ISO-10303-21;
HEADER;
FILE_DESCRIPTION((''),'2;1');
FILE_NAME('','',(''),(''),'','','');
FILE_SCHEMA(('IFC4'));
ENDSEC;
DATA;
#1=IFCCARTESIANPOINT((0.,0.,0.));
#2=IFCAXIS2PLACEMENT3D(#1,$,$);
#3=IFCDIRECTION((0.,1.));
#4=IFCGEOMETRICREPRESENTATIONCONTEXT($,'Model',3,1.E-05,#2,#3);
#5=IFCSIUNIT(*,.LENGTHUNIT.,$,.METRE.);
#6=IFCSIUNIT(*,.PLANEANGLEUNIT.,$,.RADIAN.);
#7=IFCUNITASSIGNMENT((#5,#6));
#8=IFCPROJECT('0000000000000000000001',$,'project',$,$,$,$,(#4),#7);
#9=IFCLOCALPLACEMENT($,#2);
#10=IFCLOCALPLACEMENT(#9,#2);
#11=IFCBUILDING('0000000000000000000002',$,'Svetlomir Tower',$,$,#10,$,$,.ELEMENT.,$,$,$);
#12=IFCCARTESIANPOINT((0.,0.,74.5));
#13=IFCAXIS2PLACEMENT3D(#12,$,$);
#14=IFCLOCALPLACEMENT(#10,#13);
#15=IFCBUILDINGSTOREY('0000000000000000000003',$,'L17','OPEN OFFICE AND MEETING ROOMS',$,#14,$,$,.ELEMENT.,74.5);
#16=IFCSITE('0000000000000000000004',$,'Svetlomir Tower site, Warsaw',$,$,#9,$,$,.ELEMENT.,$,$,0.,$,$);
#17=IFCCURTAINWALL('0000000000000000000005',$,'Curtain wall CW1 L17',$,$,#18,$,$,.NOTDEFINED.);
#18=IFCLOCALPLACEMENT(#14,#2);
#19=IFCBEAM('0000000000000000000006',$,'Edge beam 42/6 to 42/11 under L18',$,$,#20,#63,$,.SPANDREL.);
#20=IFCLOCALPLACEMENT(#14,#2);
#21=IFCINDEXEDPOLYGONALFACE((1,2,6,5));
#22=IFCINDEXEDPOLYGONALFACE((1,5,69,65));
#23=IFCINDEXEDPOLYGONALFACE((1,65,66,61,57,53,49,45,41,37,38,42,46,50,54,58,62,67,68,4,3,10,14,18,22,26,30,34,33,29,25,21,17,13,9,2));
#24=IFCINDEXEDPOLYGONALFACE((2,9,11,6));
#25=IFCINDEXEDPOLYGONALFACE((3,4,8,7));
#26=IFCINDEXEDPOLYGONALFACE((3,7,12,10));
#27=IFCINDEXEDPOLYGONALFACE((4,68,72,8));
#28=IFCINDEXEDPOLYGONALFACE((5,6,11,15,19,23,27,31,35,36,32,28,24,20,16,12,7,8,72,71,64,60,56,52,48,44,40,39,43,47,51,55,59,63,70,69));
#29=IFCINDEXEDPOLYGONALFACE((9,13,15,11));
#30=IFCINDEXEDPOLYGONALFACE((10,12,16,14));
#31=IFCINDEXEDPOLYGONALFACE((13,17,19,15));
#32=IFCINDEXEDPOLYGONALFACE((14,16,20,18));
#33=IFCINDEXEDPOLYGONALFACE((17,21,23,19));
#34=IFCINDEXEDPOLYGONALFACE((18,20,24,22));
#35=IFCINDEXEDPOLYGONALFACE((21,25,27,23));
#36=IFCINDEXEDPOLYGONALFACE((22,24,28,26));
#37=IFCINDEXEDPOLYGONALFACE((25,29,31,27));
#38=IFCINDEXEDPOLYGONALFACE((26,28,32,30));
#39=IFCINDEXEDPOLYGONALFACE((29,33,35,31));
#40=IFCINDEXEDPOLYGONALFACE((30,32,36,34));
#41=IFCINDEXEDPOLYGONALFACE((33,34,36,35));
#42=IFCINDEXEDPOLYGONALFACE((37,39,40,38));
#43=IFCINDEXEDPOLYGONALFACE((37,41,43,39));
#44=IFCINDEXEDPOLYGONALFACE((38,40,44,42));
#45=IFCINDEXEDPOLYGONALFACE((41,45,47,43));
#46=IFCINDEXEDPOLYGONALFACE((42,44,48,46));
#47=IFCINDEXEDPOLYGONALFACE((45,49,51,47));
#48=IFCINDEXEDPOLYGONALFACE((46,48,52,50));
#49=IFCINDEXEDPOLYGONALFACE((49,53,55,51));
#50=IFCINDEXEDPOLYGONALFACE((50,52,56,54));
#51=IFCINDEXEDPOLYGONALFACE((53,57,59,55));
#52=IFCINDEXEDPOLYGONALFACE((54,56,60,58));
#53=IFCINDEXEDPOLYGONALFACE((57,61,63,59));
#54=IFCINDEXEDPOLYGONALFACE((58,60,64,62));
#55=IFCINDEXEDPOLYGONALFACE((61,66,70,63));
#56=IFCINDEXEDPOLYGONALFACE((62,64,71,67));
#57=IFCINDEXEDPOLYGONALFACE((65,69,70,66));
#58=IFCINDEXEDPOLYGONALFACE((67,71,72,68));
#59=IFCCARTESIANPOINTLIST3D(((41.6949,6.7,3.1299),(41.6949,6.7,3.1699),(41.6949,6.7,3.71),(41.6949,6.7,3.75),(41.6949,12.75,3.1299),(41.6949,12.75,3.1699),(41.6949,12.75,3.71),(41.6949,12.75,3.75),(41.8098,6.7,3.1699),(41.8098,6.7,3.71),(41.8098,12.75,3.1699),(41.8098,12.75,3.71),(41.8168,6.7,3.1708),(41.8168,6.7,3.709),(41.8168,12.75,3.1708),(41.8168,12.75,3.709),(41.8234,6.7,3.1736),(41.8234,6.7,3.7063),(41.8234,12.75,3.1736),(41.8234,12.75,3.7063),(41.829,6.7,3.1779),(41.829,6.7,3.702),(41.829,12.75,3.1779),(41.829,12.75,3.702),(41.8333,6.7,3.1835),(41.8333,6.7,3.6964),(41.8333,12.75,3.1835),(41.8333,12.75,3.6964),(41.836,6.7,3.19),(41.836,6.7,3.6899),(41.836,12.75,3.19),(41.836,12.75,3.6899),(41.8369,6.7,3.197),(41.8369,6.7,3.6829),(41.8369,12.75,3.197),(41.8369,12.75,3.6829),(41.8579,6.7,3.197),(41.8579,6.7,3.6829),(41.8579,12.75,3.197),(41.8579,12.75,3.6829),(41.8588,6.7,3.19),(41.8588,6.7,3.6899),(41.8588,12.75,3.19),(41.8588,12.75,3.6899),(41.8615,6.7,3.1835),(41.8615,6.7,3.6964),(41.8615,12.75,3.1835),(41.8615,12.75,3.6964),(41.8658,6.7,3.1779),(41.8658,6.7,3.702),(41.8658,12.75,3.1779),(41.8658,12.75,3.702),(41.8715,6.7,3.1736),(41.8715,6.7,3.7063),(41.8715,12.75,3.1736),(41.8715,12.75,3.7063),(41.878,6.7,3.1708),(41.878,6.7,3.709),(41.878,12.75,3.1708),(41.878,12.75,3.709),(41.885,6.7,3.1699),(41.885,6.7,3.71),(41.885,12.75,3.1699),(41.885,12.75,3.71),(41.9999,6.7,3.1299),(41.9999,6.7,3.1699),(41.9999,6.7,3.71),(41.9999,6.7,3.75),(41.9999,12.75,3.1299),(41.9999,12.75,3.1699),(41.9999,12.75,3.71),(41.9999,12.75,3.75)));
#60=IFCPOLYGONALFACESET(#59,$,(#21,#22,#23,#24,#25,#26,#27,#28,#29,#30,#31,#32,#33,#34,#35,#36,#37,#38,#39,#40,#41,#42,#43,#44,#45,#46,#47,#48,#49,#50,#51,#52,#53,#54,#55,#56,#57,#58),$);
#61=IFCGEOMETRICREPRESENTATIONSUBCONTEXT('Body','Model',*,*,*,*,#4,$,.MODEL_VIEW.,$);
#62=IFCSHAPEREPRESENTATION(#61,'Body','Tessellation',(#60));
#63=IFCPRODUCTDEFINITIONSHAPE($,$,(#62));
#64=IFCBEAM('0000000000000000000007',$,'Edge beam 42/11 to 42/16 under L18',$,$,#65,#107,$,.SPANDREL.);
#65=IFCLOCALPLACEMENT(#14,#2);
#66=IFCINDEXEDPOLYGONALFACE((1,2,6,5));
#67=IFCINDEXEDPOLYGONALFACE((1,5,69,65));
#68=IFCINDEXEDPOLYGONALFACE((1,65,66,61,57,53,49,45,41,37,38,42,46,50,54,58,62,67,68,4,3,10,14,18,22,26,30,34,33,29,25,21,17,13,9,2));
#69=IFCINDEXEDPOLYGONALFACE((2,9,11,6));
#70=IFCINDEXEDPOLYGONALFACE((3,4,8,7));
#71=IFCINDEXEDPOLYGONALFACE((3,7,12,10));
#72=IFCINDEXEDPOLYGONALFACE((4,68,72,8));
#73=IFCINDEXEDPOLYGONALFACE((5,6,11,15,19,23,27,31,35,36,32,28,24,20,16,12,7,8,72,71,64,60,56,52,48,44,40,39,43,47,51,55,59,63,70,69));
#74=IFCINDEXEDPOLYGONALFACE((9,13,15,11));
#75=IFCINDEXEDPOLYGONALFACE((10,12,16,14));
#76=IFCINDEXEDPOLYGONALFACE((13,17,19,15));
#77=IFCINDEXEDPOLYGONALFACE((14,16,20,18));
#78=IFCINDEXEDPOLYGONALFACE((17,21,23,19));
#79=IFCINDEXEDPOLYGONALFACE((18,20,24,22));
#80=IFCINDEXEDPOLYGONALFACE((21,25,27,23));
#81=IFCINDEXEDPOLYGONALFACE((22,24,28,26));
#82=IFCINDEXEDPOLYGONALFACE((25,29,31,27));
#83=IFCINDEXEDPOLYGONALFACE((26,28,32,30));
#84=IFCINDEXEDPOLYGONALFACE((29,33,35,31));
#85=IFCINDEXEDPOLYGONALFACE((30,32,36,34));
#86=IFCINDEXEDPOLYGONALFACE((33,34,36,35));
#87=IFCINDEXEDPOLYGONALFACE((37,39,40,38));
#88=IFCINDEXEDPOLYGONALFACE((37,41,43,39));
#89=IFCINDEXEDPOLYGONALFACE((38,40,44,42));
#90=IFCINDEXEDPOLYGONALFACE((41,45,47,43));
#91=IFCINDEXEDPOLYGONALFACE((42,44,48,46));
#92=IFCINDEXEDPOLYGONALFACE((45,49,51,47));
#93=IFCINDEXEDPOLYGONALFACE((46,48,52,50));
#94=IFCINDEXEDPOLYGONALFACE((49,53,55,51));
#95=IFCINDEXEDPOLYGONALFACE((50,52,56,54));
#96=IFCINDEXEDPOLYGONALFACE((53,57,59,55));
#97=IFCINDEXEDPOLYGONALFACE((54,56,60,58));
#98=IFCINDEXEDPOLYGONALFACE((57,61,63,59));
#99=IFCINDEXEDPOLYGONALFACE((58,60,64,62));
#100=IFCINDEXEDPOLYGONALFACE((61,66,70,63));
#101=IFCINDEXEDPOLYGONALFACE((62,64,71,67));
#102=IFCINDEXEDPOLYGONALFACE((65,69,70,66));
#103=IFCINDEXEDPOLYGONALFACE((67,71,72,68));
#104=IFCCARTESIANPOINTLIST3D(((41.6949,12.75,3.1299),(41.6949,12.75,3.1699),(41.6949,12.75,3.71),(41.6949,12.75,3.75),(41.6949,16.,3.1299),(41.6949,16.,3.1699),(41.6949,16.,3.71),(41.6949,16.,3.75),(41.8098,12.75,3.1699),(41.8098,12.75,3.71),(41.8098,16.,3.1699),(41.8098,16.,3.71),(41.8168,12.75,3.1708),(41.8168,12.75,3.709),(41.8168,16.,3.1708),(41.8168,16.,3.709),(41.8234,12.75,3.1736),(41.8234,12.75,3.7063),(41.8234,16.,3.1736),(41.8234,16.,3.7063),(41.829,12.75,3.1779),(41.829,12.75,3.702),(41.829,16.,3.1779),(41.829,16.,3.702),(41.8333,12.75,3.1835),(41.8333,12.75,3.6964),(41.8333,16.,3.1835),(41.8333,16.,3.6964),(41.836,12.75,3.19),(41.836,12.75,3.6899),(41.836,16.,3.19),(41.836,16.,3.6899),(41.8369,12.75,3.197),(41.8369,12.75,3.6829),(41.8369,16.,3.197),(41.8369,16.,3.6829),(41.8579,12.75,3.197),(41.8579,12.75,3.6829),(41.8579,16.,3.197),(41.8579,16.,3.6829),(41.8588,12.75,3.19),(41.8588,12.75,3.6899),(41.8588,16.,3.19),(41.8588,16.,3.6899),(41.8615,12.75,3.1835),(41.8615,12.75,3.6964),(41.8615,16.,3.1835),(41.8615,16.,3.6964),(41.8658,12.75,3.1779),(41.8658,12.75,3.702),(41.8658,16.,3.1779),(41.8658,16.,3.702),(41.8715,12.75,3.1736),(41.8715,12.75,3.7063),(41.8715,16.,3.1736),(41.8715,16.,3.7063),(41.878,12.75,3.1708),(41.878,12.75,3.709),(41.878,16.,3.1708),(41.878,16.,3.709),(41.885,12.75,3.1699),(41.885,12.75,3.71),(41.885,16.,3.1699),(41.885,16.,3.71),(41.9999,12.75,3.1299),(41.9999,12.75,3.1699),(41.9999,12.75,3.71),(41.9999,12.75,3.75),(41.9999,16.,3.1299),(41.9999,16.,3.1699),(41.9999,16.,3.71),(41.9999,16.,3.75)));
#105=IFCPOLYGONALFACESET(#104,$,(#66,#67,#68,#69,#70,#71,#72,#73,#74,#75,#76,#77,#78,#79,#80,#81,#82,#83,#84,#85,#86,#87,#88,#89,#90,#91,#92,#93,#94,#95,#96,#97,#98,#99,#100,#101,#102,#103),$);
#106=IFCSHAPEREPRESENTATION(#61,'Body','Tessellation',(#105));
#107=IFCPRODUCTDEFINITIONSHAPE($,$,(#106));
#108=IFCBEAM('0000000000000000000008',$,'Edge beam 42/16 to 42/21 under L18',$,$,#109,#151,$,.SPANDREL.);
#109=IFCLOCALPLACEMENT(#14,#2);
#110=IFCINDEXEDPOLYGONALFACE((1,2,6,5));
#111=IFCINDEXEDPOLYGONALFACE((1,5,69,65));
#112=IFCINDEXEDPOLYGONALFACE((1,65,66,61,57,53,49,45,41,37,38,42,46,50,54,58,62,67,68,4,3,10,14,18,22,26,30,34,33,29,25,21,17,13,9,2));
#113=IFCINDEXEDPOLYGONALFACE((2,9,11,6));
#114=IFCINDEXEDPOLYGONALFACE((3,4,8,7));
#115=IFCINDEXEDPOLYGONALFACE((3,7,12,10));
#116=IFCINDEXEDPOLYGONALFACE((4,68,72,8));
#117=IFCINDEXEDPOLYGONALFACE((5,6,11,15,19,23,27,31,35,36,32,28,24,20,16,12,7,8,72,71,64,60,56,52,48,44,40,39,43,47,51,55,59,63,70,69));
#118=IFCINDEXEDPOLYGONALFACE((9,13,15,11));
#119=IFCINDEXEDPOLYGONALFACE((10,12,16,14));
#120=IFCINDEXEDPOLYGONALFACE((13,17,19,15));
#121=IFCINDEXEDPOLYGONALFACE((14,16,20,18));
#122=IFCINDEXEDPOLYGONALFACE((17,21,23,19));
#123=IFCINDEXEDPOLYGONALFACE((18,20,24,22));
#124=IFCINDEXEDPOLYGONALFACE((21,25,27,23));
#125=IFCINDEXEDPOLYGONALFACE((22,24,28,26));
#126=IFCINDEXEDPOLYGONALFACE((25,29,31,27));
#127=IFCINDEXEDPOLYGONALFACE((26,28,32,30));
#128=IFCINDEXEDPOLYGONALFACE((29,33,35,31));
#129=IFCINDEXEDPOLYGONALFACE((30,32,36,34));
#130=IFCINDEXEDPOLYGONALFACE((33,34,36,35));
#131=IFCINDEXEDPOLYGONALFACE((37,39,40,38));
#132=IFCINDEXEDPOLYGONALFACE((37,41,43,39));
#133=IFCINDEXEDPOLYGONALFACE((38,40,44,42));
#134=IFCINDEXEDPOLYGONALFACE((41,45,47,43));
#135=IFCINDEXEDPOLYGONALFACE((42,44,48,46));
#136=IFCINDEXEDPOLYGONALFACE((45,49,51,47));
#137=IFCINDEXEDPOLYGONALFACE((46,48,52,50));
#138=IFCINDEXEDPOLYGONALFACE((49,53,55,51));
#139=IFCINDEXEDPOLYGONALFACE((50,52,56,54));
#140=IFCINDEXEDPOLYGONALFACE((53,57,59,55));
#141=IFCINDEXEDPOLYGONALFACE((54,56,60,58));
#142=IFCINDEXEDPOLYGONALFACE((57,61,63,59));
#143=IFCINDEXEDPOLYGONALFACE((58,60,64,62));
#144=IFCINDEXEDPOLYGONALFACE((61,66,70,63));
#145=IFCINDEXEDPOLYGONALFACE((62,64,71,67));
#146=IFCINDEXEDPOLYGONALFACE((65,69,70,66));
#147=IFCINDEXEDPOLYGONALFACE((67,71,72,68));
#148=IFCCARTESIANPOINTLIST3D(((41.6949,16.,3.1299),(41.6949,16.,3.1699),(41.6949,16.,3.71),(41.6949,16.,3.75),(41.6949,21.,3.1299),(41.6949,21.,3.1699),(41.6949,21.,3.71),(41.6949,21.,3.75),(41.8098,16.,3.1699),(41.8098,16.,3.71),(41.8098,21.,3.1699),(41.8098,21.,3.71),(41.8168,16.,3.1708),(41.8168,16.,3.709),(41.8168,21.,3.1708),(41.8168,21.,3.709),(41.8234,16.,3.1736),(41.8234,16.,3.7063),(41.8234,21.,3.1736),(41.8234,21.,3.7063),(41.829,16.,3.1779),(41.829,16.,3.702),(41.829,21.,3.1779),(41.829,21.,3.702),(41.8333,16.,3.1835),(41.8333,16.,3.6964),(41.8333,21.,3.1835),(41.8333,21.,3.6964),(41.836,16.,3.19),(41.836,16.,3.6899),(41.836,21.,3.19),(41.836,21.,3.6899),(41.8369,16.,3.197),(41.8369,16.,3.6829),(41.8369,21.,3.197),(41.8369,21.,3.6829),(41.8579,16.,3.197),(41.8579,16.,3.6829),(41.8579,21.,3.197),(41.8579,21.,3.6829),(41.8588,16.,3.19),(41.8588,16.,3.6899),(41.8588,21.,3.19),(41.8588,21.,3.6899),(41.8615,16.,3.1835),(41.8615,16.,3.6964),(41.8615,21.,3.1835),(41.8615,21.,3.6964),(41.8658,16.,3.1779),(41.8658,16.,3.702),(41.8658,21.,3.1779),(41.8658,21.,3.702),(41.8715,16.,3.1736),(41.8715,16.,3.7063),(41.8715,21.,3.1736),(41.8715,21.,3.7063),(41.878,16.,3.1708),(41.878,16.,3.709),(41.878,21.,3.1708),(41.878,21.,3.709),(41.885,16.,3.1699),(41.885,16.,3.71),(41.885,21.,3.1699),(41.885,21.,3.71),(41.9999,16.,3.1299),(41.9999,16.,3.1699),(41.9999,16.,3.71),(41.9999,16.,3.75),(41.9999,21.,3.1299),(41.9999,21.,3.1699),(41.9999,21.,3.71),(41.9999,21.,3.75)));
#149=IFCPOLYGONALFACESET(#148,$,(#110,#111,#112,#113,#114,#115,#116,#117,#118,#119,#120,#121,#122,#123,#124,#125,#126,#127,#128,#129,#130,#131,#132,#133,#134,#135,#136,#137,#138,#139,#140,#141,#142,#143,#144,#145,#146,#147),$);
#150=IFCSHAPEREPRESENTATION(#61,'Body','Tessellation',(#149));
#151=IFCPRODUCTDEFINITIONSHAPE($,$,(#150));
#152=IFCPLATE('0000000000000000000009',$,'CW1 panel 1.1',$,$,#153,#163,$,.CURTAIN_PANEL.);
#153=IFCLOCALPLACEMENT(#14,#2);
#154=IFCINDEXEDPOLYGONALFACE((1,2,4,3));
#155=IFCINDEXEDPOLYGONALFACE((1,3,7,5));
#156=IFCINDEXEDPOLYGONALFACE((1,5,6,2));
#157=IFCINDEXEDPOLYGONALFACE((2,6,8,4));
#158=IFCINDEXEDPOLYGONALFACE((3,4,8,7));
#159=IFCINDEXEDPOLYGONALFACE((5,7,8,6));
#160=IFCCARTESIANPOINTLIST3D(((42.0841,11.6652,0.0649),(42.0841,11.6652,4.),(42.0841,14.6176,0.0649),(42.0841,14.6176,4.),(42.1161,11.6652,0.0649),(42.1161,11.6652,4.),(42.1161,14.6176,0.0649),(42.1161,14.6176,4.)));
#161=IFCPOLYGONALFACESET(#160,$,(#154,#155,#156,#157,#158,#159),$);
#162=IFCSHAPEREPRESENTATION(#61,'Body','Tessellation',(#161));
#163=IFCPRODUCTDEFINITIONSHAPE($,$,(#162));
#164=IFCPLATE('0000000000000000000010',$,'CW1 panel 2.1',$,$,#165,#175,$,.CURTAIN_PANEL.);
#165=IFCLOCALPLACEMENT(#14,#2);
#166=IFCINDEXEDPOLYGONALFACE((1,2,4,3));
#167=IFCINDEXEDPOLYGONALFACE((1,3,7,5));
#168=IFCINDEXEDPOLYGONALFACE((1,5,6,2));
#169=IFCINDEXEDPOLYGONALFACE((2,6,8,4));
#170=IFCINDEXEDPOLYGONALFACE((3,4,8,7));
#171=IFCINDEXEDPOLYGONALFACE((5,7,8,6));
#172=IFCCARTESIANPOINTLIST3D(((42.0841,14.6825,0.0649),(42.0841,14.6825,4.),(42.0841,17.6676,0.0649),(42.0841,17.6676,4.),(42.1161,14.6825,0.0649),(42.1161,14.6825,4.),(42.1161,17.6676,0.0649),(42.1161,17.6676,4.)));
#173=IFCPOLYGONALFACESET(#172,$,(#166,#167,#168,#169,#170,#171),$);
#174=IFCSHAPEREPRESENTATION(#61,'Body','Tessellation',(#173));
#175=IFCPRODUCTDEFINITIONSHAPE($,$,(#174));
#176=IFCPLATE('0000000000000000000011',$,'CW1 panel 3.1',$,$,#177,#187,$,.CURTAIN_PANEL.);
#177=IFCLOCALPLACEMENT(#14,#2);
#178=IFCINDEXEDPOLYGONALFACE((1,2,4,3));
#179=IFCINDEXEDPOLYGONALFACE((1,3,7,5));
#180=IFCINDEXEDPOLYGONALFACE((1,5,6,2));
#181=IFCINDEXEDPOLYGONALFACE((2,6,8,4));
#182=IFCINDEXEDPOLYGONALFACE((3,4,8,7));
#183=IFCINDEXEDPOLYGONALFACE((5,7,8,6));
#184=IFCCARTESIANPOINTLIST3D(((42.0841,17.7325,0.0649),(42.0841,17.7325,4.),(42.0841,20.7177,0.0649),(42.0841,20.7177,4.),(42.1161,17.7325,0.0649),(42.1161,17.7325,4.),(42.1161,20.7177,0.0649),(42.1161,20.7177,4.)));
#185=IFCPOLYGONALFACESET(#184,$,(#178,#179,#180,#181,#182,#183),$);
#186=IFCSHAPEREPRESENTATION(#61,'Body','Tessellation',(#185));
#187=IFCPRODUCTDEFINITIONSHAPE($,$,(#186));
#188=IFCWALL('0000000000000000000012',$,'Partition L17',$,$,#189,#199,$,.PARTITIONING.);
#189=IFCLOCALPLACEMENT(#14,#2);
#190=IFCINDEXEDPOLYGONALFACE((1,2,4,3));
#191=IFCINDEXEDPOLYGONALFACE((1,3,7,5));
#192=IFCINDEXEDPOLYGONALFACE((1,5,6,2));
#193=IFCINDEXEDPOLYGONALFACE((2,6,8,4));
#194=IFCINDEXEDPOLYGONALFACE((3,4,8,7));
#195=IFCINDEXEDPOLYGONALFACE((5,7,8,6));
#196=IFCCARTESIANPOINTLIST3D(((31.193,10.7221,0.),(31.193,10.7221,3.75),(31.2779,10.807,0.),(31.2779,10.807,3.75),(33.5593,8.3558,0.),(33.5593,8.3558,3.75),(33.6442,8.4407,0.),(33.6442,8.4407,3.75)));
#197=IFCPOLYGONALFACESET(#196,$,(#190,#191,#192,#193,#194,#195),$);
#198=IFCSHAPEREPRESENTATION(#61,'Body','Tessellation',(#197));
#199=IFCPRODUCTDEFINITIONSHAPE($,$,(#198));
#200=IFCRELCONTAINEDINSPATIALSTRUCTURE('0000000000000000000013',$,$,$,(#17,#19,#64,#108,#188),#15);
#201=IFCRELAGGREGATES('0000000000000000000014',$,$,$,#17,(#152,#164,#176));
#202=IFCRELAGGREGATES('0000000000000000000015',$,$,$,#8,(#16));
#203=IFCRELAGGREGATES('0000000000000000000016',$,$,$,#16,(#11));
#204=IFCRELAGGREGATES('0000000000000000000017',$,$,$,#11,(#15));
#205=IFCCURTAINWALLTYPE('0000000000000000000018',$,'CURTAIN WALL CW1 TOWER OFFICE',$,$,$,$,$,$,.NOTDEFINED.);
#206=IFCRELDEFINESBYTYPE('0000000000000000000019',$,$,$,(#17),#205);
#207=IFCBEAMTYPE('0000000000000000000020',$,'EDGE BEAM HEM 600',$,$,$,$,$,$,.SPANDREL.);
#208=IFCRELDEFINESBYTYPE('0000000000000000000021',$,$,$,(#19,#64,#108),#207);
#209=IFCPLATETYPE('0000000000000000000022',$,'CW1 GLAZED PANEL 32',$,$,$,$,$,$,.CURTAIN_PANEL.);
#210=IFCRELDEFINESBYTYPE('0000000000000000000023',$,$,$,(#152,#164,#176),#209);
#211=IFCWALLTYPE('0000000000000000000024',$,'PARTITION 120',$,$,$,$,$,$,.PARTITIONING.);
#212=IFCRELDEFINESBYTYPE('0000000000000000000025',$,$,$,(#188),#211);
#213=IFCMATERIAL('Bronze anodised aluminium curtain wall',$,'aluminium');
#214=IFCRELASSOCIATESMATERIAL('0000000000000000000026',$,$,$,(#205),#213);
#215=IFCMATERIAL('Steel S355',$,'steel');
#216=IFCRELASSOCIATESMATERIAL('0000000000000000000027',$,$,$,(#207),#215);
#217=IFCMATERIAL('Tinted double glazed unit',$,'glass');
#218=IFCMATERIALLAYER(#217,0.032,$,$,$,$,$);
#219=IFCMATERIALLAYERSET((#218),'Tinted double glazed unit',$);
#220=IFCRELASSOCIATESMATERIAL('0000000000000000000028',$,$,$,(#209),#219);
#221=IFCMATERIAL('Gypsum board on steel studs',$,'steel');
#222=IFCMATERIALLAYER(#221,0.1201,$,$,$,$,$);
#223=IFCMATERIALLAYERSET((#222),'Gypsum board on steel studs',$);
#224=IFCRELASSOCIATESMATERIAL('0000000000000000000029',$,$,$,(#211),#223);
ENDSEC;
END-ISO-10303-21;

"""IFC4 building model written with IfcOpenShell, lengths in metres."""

from ifc_helpers import new_model, si_unit, direction, frame, frame_2d, origin, origin_2d, place, context, subcontext, project, spatial, rectangle, i_section, extrude, material, layer, layer_set, material_profile, profile_set, type_object, element, aggregate, save


model = new_model("IFC4")

# Units and contexts
model_context = context("Model", 3, precision=1e-05, world=origin(), true_north=direction((0.0, 1.0)))
body_context = subcontext(model_context, "Body", "Model", "MODEL_VIEW")
ifc_project = project(units=[si_unit("LENGTHUNIT", "METRE"), si_unit("PLANEANGLEUNIT", "RADIAN")], contexts=[model_context])

# Site, building, storey
site_placement = place(None, origin())
site = spatial("IfcSite", under=ifc_project, at=site_placement, Name="Svetlomir Tower site, Warsaw", CompositionType="ELEMENT", RefElevation=0.0)
building_placement = place(site_placement, origin())
building = spatial("IfcBuilding", under=site, at=building_placement, Name="Svetlomir Tower", CompositionType="ELEMENT")
storey_placement = place(building_placement, frame((0.0, 0.0, 74.5)))
storey = spatial("IfcBuildingStorey", under=building, at=storey_placement, Name="L17", Description="OPEN OFFICE AND MEETING ROOMS", CompositionType="ELEMENT", Elevation=74.5)

# Curtain wall
ifc_material_1 = material(Name="Bronze anodised aluminium curtain wall", Category="aluminium")
curtain_wall_type = type_object("IfcCurtainWallType", Name="CURTAIN WALL CW1 TOWER OFFICE", PredefinedType="NOTDEFINED", material=ifc_material_1)
curtain_wall_1_placement = place(storey_placement, origin())
curtain_wall_1 = element("IfcCurtainWall", 1, at=curtain_wall_1_placement, inside=storey, type_object=curtain_wall_type, Name="Curtain wall CW1 L17", PredefinedType="NOTDEFINED")

# Beams
ifc_material_2 = material(Name="Steel S355", Category="steel")
ifc_material_profile_1 = material_profile(ifc_material_2, i_section(OverallWidth=0.3049, OverallDepth=0.6201, WebThickness=0.021, FlangeThickness=0.04, FilletRadius=0.0271, at=origin_2d()), Name="HEM 600")
ifc_profile_set_1 = profile_set([ifc_material_profile_1], Name="Steel S355")
beam_type_1 = type_object("IfcBeamType", Name="EDGE BEAM HEM 600", PredefinedType="SPANDREL", material=ifc_profile_set_1)
beam_1_placement = place(storey_placement, frame((41.8474, 6.7, 3.4399), z_axis=(0.0, 1.0, 0.0), x_axis=(-1.0, 0.0, 0.0)))
element("IfcBeam", 2, at=beam_1_placement, inside=storey, type_object=beam_type_1, Name="Edge beam 42/6 to 42/11 under L18", PredefinedType="SPANDREL", context=body_context, shape_type="SweptSolid", body=[
    extrude(i_section(OverallWidth=0.3049, OverallDepth=0.6201, WebThickness=0.021, FlangeThickness=0.04, FilletRadius=0.0271, at=origin_2d()), origin(), (0.0, 0.0, 1.0), 6.05),
])
beam_2_placement = place(storey_placement, frame((41.8474, 12.75, 3.4399), z_axis=(0.0, 1.0, 0.0), x_axis=(-1.0, 0.0, 0.0)))
element("IfcBeam", 3, at=beam_2_placement, inside=storey, type_object=beam_type_1, Name="Edge beam 42/11 to 42/16 under L18", PredefinedType="SPANDREL", context=body_context, shape_type="SweptSolid", body=[
    extrude(i_section(OverallWidth=0.3049, OverallDepth=0.6201, WebThickness=0.021, FlangeThickness=0.04, FilletRadius=0.0271, at=origin_2d()), origin(), (0.0, 0.0, 1.0), 3.25),
])
beam_3_placement = place(storey_placement, frame((41.8474, 16.0, 3.4399), z_axis=(0.0, 1.0, 0.0), x_axis=(-1.0, 0.0, 0.0)))
element("IfcBeam", 4, at=beam_3_placement, inside=storey, type_object=beam_type_1, Name="Edge beam 42/16 to 42/21 under L18", PredefinedType="SPANDREL", context=body_context, shape_type="SweptSolid", body=[
    extrude(i_section(OverallWidth=0.3049, OverallDepth=0.6201, WebThickness=0.021, FlangeThickness=0.04, FilletRadius=0.0271, at=origin_2d()), origin(), (0.0, 0.0, 1.0), 5.0),
])

# Plates
ifc_material_3 = material(Name="Tinted double glazed unit", Category="glass")
ifc_layer_1 = layer(ifc_material_3, 0.032)
ifc_layer_set_1 = layer_set([ifc_layer_1], Name="Tinted double glazed unit")
plate_type = type_object("IfcPlateType", Name="CW1 GLAZED PANEL 32", PredefinedType="CURTAIN_PANEL", material=ifc_layer_set_1)
plate_1_placement = place(storey_placement, frame((42.1001, 13.1414, 0.0649), z_axis=(0.0, 0.0, 1.0), x_axis=(0.0, 1.0, 0.0)))
plate_1 = element("IfcPlate", 5, at=plate_1_placement, type_object=plate_type, Name="CW1 panel 1.1", PredefinedType="CURTAIN_PANEL", context=body_context, shape_type="SweptSolid", body=[
    extrude(rectangle(XDim=2.9524, YDim=0.032, at=origin_2d()), origin(), (0.0, 0.0, 1.0), 3.9351),
])
plate_2_placement = place(storey_placement, frame((42.1001, 16.175, 0.0649), z_axis=(0.0, 0.0, 1.0), x_axis=(0.0, 1.0, 0.0)))
plate_2 = element("IfcPlate", 6, at=plate_2_placement, type_object=plate_type, Name="CW1 panel 2.1", PredefinedType="CURTAIN_PANEL", context=body_context, shape_type="SweptSolid", body=[
    extrude(rectangle(XDim=2.9851, YDim=0.032, at=origin_2d()), origin(), (0.0, 0.0, 1.0), 3.9351),
])
plate_3_placement = place(storey_placement, frame((42.1001, 19.2251, 0.0649), z_axis=(0.0, 0.0, 1.0), x_axis=(0.0, 1.0, 0.0)))
plate_3 = element("IfcPlate", 7, at=plate_3_placement, type_object=plate_type, Name="CW1 panel 3.1", PredefinedType="CURTAIN_PANEL", context=body_context, shape_type="SweptSolid", body=[
    extrude(rectangle(XDim=2.9851, YDim=0.032, at=origin_2d()), origin(), (0.0, 0.0, 1.0), 3.9351),
])
aggregate(curtain_wall_1, [plate_1, plate_2, plate_3])

# Wall
ifc_material_4 = material(Name="Gypsum board on steel studs", Category="steel")
ifc_layer_2 = layer(ifc_material_4, 0.1201)
ifc_layer_set_2 = layer_set([ifc_layer_2], Name="Gypsum board on steel studs")
wall_type_1 = type_object("IfcWallType", Name="PARTITION 120", PredefinedType="PARTITIONING", material=ifc_layer_set_2)
wall_1_placement = place(storey_placement, frame((31.2354, 10.7646, 0.0), z_axis=(0.0, 0.0, 1.0), x_axis=(0.707107, -0.707107, 0.0)))
element("IfcWall", 8, at=wall_1_placement, inside=storey, type_object=wall_type_1, Name="Partition L17", PredefinedType="PARTITIONING", context=body_context, shape_type="SweptSolid", body=[
    extrude(rectangle(XDim=3.3464, YDim=0.1201, at=frame_2d((1.6733, 0.0))), origin(), (0.0, 0.0, 1.0), 3.75),
])

save(model, "model.ifc")
